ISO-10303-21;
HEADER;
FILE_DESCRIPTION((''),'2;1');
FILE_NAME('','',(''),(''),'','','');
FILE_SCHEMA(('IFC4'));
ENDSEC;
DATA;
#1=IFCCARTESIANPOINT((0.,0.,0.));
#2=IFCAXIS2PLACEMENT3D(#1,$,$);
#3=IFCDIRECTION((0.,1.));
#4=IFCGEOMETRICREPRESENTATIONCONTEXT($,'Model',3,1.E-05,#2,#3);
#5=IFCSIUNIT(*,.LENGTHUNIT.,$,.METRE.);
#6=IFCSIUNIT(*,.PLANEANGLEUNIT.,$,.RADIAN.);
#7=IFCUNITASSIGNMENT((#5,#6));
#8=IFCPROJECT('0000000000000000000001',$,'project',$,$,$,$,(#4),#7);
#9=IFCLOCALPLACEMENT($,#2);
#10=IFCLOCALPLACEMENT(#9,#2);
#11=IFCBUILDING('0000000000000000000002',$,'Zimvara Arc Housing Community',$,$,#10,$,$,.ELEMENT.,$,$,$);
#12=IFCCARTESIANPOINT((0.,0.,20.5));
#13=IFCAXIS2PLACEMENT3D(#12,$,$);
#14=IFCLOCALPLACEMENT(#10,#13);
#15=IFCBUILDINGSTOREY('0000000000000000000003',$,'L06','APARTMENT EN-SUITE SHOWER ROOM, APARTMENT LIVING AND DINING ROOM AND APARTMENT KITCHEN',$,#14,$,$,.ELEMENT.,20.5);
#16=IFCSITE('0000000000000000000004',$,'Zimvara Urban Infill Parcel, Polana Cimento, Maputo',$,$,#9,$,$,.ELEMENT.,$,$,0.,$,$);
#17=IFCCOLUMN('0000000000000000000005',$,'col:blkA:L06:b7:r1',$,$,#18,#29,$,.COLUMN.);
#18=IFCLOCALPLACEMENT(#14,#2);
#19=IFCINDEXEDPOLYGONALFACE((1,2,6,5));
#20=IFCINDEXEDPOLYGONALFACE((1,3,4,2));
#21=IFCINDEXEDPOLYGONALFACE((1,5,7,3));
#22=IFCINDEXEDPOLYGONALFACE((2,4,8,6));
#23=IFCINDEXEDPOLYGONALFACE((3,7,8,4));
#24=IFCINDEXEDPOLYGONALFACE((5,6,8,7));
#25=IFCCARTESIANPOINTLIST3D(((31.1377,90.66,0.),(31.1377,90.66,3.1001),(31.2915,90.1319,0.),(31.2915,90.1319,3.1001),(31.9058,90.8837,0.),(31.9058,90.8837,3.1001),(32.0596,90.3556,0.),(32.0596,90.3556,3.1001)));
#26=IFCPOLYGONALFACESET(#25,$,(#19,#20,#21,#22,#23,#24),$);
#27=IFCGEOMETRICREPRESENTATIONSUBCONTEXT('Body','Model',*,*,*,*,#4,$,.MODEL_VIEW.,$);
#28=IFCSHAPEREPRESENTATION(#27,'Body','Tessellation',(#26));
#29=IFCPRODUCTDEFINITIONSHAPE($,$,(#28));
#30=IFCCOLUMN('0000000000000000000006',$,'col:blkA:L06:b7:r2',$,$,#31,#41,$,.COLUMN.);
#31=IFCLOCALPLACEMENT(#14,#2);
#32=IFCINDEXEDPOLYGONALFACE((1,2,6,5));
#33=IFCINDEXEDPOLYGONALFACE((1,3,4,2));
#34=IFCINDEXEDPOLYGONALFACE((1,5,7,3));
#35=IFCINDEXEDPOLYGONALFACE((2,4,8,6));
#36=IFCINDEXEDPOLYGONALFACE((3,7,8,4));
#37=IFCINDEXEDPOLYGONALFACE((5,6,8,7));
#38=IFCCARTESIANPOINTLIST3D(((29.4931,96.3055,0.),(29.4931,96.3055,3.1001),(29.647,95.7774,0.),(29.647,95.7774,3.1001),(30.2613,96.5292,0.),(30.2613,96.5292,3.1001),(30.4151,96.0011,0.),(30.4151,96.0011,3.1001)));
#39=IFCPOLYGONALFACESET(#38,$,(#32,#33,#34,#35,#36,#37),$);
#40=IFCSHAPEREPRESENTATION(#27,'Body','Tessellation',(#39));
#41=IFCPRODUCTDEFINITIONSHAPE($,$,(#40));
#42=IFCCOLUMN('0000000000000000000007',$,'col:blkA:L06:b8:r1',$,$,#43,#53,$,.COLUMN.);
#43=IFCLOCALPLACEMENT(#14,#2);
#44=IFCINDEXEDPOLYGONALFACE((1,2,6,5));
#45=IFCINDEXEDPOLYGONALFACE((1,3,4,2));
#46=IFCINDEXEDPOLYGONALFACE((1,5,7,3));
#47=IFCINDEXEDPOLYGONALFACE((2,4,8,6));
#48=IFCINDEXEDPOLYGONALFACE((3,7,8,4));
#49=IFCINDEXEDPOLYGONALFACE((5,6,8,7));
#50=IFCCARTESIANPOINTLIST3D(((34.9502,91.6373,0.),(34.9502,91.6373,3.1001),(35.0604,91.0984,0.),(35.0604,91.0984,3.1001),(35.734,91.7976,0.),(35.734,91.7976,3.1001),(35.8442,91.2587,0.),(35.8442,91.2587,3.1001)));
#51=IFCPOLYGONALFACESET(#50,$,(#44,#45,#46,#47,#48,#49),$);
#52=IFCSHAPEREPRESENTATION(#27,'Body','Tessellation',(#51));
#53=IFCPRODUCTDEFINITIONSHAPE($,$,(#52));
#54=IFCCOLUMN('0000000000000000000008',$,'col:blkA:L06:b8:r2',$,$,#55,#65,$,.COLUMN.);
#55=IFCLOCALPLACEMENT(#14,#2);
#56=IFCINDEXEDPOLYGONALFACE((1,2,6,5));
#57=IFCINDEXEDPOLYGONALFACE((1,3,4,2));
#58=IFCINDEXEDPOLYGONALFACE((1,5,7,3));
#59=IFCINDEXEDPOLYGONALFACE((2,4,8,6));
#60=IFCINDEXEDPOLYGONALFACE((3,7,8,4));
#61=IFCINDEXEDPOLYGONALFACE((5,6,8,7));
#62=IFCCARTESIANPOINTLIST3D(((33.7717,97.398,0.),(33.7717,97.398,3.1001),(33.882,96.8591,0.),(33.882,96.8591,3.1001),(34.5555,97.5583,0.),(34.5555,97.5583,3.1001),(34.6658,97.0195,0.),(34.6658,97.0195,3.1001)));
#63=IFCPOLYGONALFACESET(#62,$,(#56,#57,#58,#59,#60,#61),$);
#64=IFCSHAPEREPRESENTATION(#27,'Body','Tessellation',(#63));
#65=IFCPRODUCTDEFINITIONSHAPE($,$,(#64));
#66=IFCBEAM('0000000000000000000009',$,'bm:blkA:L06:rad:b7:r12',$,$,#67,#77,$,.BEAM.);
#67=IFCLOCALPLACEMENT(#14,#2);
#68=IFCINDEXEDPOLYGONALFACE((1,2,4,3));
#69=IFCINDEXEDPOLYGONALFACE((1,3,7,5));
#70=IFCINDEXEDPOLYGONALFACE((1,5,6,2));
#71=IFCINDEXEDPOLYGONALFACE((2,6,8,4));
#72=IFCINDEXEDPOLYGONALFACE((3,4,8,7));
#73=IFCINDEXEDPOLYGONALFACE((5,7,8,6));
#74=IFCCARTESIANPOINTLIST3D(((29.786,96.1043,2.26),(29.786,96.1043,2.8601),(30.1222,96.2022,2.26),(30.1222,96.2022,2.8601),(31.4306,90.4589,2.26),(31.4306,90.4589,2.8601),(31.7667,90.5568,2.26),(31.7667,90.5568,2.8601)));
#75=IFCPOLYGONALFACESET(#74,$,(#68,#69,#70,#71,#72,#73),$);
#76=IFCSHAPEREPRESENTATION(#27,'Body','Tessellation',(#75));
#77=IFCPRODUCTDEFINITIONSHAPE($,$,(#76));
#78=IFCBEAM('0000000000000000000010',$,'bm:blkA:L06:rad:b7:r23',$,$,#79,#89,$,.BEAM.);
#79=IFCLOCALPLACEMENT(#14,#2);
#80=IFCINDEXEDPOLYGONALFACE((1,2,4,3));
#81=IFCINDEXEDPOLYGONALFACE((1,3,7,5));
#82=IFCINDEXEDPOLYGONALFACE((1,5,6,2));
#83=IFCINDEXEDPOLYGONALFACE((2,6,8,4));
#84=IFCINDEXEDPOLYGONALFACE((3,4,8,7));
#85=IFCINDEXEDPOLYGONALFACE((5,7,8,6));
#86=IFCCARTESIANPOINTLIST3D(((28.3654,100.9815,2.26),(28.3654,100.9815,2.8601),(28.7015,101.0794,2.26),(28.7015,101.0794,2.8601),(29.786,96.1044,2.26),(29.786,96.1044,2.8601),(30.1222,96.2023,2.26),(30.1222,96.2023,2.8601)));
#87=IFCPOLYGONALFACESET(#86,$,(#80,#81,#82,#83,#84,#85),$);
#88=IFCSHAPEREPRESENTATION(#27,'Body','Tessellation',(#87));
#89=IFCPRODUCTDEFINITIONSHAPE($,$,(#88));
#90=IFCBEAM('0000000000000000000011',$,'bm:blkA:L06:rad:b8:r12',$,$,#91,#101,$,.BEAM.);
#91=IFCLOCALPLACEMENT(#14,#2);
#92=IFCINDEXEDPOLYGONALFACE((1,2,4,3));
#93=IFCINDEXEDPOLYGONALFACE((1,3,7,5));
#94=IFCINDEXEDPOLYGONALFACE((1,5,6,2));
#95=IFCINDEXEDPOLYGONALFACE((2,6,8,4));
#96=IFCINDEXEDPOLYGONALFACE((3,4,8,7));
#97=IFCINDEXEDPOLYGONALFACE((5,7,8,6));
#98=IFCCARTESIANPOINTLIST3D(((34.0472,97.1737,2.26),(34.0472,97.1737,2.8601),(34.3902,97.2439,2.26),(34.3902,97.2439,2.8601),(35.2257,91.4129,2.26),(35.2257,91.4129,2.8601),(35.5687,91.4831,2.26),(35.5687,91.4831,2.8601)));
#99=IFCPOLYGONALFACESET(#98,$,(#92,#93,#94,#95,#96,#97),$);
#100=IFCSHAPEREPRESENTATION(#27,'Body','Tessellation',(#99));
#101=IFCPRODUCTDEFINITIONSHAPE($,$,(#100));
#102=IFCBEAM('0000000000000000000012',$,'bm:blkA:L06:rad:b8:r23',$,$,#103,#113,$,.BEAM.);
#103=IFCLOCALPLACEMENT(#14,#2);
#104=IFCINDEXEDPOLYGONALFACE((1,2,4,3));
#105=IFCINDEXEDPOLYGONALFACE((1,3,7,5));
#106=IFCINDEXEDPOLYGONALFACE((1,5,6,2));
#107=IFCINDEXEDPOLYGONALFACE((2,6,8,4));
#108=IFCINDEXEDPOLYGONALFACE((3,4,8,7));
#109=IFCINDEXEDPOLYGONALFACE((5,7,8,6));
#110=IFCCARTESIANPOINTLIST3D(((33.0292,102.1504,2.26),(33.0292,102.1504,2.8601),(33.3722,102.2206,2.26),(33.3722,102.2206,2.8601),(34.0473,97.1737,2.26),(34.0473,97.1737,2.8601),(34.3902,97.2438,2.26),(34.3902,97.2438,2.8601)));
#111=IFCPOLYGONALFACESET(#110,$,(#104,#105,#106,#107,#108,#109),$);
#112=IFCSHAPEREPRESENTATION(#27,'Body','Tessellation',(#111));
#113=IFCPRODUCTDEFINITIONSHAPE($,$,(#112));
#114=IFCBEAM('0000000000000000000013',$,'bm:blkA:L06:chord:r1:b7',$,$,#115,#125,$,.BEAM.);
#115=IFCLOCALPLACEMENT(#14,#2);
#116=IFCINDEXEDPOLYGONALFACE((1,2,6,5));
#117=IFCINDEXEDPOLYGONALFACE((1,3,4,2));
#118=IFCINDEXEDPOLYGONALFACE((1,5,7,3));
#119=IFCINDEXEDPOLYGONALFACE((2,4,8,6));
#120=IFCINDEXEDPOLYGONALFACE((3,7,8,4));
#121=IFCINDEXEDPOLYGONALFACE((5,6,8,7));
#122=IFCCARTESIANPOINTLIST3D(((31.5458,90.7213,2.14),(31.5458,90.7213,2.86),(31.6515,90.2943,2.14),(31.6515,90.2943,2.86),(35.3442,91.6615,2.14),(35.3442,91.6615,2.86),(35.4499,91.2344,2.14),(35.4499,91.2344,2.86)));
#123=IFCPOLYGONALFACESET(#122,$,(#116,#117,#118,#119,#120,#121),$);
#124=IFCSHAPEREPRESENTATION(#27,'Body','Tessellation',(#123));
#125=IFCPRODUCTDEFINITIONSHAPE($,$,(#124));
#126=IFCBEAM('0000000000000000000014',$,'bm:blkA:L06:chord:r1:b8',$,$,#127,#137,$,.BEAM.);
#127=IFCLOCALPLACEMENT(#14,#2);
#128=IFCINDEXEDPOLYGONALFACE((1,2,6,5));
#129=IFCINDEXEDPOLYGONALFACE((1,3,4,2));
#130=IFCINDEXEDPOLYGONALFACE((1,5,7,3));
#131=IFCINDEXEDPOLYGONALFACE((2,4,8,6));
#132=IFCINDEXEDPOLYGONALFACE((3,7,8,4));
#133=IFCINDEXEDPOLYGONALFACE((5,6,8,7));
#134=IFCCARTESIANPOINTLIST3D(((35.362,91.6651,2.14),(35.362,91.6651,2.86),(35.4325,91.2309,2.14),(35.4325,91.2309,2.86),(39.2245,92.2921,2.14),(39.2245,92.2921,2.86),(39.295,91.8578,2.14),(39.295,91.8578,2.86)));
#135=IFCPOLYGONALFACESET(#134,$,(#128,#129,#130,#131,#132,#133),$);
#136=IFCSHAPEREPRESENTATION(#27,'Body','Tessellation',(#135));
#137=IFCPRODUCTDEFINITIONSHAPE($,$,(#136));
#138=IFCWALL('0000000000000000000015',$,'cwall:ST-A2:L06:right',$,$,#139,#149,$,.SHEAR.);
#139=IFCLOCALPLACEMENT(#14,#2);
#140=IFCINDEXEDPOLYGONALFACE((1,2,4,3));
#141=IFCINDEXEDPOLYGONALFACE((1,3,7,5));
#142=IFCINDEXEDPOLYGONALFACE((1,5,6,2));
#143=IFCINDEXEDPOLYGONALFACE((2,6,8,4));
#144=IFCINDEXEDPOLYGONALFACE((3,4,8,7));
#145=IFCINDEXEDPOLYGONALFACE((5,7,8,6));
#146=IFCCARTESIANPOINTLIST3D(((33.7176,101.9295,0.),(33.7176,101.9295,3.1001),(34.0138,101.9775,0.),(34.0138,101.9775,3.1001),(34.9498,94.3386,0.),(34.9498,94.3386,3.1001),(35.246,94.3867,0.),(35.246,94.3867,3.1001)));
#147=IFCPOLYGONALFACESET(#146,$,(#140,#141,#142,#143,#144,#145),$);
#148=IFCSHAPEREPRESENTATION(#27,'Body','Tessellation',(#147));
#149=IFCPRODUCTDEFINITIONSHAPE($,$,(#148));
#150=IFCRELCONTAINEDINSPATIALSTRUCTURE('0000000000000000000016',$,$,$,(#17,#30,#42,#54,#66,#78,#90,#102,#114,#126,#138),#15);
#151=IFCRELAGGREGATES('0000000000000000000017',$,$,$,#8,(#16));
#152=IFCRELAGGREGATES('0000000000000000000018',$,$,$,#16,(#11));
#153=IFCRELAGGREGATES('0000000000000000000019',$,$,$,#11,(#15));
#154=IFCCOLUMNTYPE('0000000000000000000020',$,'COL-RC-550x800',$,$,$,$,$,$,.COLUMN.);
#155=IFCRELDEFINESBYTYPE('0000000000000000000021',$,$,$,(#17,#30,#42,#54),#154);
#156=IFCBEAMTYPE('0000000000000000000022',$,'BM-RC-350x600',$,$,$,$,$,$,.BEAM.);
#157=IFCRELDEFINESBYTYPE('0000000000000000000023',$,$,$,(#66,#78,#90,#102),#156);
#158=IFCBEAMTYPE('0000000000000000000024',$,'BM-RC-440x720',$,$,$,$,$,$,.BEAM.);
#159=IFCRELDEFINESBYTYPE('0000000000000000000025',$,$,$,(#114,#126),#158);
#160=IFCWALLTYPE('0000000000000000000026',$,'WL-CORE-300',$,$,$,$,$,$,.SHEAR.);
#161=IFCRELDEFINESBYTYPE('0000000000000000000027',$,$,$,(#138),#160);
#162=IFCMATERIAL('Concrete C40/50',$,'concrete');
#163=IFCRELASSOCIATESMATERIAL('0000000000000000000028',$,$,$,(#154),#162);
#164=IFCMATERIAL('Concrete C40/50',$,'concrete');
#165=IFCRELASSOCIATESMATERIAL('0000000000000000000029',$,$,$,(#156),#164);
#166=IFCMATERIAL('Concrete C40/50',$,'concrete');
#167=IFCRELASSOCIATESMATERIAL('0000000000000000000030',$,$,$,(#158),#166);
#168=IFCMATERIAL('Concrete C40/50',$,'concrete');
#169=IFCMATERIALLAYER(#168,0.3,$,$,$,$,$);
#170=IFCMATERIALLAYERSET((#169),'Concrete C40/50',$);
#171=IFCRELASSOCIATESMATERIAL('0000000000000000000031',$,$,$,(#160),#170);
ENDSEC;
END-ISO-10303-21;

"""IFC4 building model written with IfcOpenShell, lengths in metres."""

from ifc_helpers import new_model, si_unit, direction, frame, frame_2d, origin, origin_2d, place, context, subcontext, project, spatial, rectangle, extrude, material, layer, layer_set, material_profile, profile_set, type_object, element, save


model = new_model("IFC4")

# Units and contexts
model_context = context("Model", 3, precision=1e-05, world=origin(), true_north=direction((0.0, 1.0)))
body_context = subcontext(model_context, "Body", "Model", "MODEL_VIEW")
ifc_project = project(units=[si_unit("LENGTHUNIT", "METRE"), si_unit("PLANEANGLEUNIT", "RADIAN")], contexts=[model_context])

# Site, building, storey
site_placement = place(None, origin())
site = spatial("IfcSite", under=ifc_project, at=site_placement, Name="Zimvara Urban Infill Parcel, Polana Cimento, Maputo", CompositionType="ELEMENT", RefElevation=0.0)
building_placement = place(site_placement, origin())
building = spatial("IfcBuilding", under=site, at=building_placement, Name="Zimvara Arc Housing Community", CompositionType="ELEMENT")
storey_placement = place(building_placement, frame((0.0, 0.0, 20.5)))
storey = spatial("IfcBuildingStorey", under=building, at=storey_placement, Name="L06", Description="APARTMENT EN-SUITE SHOWER ROOM, APARTMENT LIVING AND DINING ROOM AND APARTMENT KITCHEN", CompositionType="ELEMENT", Elevation=20.5)

# Columns
ifc_material_1 = material(Name="Concrete C40/50", Category="concrete")
ifc_material_profile_1 = material_profile(ifc_material_1, rectangle(XDim=0.55, YDim=0.8, at=origin_2d()), Name="RC 550x800")
ifc_profile_set_1 = profile_set([ifc_material_profile_1], Name="Concrete C40/50")
column_type = type_object("IfcColumnType", Name="COL-RC-550x800", PredefinedType="COLUMN", material=ifc_profile_set_1)
for number, where, z_axis, x_axis, name in (
    (1, (31.5986, 90.5078, 0.0), (0.0, 0.0, 1.0), (-0.279661, 0.960099, 0.0), "col:blkA:L06:b7:r1"),
    (2, (29.9541, 96.1533, 0.0), (0.0, 0.0, 1.0), (-0.279661, 0.960099, 0.0), "col:blkA:L06:b7:r2"),
    (3, (35.3972, 91.448, 0.0), (0.0, 0.0, 1.0), (-0.200394, 0.979715, 0.0), "col:blkA:L06:b8:r1"),
    (4, (34.2188, 97.2087, 0.0), (0.0, 0.0, 1.0), (-0.200394, 0.979715, 0.0), "col:blkA:L06:b8:r2"),
):
    element("IfcColumn", number, at=place(storey_placement, frame(where, z_axis=z_axis, x_axis=x_axis)), inside=storey, type_object=column_type, Name=name, PredefinedType="COLUMN", context=body_context, shape_type="SweptSolid", body=[
        extrude(rectangle(XDim=0.55, YDim=0.8, at=origin_2d()), origin(), (0.0, 0.0, 1.0), 3.1001),
    ])

# Beams
ifc_material_2 = material(Name="Concrete C40/50", Category="concrete")
ifc_material_profile_2 = material_profile(ifc_material_2, rectangle(XDim=0.3501, YDim=0.6001, at=origin_2d()), Name="RC 350x600")
ifc_profile_set_2 = profile_set([ifc_material_profile_2], Name="Concrete C40/50")
beam_type_1 = type_object("IfcBeamType", Name="BM-RC-350x600", PredefinedType="BEAM", material=ifc_profile_set_2)
beam_1_placement = place(storey_placement, frame((31.5986, 90.5078, 2.5601), z_axis=(-0.279675, 0.960095, 0.0), x_axis=(-0.960095, -0.279675, 0.0)))
element("IfcBeam", 5, at=beam_1_placement, inside=storey, type_object=beam_type_1, Name="bm:blkA:L06:rad:b7:r12", PredefinedType="BEAM", context=body_context, shape_type="SweptSolid", body=[
    extrude(rectangle(XDim=0.3501, YDim=0.6001, at=origin_2d()), origin(), (0.0, 0.0, 1.0), 5.8801),
])
beam_2_placement = place(storey_placement, frame((29.9541, 96.1533, 2.5601), z_axis=(-0.279662, 0.960098, 0.0), x_axis=(-0.960098, -0.279662, 0.0)))
element("IfcBeam", 6, at=beam_2_placement, inside=storey, type_object=beam_type_1, Name="bm:blkA:L06:rad:b7:r23", PredefinedType="BEAM", context=body_context, shape_type="SweptSolid", body=[
    extrude(rectangle(XDim=0.3501, YDim=0.6001, at=origin_2d()), origin(), (0.0, 0.0, 1.0), 5.0798),
])
beam_3_placement = place(storey_placement, frame((35.3972, 91.448, 2.5601), z_axis=(-0.200418, 0.97971, 0.0), x_axis=(-0.97971, -0.200418, 0.0)))
element("IfcBeam", 7, at=beam_3_placement, inside=storey, type_object=beam_type_1, Name="bm:blkA:L06:rad:b8:r12", PredefinedType="BEAM", context=body_context, shape_type="SweptSolid", body=[
    extrude(rectangle(XDim=0.3501, YDim=0.6001, at=origin_2d()), origin(), (0.0, 0.0, 1.0), 5.8801),
])
beam_4_placement = place(storey_placement, frame((34.2188, 97.2087, 2.5601), z_axis=(-0.200412, 0.979712, 0.0), x_axis=(-0.979712, -0.200412, 0.0)))
element("IfcBeam", 8, at=beam_4_placement, inside=storey, type_object=beam_type_1, Name="bm:blkA:L06:rad:b8:r23", PredefinedType="BEAM", context=body_context, shape_type="SweptSolid", body=[
    extrude(rectangle(XDim=0.3501, YDim=0.6001, at=origin_2d()), origin(), (0.0, 0.0, 1.0), 5.0798),
])
ifc_material_3 = material(Name="Concrete C40/50", Category="concrete")
ifc_material_profile_3 = material_profile(ifc_material_3, rectangle(XDim=0.4399, YDim=0.72, at=origin_2d()), Name="RC 440x720")
ifc_profile_set_3 = profile_set([ifc_material_profile_3], Name="Concrete C40/50")
beam_type_2 = type_object("IfcBeamType", Name="BM-RC-440x720", PredefinedType="BEAM", material=ifc_profile_set_3)
for number, where, z_axis, x_axis, name in (
    (9, (31.5986, 90.5078, 2.5), (0.970709, 0.24026, 0.0), (-0.24026, 0.970709, 0.0), "bm:blkA:L06:chord:r1:b7"),
    (10, (35.3972, 91.448, 2.5), (0.987081, 0.160219, 0.0), (-0.160219, 0.987081, 0.0), "bm:blkA:L06:chord:r1:b8"),
):
    element("IfcBeam", number, at=place(storey_placement, frame(where, z_axis=z_axis, x_axis=x_axis)), inside=storey, type_object=beam_type_2, Name=name, PredefinedType="BEAM", context=body_context, shape_type="SweptSolid", body=[
        extrude(rectangle(XDim=0.4399, YDim=0.72, at=origin_2d()), origin(), (0.0, 0.0, 1.0), 3.9131),
    ])

# Wall
ifc_material_4 = material(Name="Concrete C40/50", Category="concrete")
ifc_layer_1 = layer(ifc_material_4, 0.3)
ifc_layer_set_1 = layer_set([ifc_layer_1], Name="Concrete C40/50")
wall_type_1 = type_object("IfcWallType", Name="WL-CORE-300", PredefinedType="SHEAR", material=ifc_layer_set_1)
wall_1_placement = place(storey_placement, frame((35.0979, 94.3625, 0.0), z_axis=(0.0, 0.0, 1.0), x_axis=(-0.160227, 0.98708, 0.0)))
element("IfcWall", 11, at=wall_1_placement, inside=storey, type_object=wall_type_1, Name="cwall:ST-A2:L06:right", PredefinedType="SHEAR", context=body_context, shape_type="SweptSolid", body=[
    extrude(rectangle(XDim=7.6902, YDim=0.3, at=frame_2d((3.8452, 0.0))), origin(), (0.0, 0.0, 1.0), 3.1001),
])

save(model, "model.ifc")
